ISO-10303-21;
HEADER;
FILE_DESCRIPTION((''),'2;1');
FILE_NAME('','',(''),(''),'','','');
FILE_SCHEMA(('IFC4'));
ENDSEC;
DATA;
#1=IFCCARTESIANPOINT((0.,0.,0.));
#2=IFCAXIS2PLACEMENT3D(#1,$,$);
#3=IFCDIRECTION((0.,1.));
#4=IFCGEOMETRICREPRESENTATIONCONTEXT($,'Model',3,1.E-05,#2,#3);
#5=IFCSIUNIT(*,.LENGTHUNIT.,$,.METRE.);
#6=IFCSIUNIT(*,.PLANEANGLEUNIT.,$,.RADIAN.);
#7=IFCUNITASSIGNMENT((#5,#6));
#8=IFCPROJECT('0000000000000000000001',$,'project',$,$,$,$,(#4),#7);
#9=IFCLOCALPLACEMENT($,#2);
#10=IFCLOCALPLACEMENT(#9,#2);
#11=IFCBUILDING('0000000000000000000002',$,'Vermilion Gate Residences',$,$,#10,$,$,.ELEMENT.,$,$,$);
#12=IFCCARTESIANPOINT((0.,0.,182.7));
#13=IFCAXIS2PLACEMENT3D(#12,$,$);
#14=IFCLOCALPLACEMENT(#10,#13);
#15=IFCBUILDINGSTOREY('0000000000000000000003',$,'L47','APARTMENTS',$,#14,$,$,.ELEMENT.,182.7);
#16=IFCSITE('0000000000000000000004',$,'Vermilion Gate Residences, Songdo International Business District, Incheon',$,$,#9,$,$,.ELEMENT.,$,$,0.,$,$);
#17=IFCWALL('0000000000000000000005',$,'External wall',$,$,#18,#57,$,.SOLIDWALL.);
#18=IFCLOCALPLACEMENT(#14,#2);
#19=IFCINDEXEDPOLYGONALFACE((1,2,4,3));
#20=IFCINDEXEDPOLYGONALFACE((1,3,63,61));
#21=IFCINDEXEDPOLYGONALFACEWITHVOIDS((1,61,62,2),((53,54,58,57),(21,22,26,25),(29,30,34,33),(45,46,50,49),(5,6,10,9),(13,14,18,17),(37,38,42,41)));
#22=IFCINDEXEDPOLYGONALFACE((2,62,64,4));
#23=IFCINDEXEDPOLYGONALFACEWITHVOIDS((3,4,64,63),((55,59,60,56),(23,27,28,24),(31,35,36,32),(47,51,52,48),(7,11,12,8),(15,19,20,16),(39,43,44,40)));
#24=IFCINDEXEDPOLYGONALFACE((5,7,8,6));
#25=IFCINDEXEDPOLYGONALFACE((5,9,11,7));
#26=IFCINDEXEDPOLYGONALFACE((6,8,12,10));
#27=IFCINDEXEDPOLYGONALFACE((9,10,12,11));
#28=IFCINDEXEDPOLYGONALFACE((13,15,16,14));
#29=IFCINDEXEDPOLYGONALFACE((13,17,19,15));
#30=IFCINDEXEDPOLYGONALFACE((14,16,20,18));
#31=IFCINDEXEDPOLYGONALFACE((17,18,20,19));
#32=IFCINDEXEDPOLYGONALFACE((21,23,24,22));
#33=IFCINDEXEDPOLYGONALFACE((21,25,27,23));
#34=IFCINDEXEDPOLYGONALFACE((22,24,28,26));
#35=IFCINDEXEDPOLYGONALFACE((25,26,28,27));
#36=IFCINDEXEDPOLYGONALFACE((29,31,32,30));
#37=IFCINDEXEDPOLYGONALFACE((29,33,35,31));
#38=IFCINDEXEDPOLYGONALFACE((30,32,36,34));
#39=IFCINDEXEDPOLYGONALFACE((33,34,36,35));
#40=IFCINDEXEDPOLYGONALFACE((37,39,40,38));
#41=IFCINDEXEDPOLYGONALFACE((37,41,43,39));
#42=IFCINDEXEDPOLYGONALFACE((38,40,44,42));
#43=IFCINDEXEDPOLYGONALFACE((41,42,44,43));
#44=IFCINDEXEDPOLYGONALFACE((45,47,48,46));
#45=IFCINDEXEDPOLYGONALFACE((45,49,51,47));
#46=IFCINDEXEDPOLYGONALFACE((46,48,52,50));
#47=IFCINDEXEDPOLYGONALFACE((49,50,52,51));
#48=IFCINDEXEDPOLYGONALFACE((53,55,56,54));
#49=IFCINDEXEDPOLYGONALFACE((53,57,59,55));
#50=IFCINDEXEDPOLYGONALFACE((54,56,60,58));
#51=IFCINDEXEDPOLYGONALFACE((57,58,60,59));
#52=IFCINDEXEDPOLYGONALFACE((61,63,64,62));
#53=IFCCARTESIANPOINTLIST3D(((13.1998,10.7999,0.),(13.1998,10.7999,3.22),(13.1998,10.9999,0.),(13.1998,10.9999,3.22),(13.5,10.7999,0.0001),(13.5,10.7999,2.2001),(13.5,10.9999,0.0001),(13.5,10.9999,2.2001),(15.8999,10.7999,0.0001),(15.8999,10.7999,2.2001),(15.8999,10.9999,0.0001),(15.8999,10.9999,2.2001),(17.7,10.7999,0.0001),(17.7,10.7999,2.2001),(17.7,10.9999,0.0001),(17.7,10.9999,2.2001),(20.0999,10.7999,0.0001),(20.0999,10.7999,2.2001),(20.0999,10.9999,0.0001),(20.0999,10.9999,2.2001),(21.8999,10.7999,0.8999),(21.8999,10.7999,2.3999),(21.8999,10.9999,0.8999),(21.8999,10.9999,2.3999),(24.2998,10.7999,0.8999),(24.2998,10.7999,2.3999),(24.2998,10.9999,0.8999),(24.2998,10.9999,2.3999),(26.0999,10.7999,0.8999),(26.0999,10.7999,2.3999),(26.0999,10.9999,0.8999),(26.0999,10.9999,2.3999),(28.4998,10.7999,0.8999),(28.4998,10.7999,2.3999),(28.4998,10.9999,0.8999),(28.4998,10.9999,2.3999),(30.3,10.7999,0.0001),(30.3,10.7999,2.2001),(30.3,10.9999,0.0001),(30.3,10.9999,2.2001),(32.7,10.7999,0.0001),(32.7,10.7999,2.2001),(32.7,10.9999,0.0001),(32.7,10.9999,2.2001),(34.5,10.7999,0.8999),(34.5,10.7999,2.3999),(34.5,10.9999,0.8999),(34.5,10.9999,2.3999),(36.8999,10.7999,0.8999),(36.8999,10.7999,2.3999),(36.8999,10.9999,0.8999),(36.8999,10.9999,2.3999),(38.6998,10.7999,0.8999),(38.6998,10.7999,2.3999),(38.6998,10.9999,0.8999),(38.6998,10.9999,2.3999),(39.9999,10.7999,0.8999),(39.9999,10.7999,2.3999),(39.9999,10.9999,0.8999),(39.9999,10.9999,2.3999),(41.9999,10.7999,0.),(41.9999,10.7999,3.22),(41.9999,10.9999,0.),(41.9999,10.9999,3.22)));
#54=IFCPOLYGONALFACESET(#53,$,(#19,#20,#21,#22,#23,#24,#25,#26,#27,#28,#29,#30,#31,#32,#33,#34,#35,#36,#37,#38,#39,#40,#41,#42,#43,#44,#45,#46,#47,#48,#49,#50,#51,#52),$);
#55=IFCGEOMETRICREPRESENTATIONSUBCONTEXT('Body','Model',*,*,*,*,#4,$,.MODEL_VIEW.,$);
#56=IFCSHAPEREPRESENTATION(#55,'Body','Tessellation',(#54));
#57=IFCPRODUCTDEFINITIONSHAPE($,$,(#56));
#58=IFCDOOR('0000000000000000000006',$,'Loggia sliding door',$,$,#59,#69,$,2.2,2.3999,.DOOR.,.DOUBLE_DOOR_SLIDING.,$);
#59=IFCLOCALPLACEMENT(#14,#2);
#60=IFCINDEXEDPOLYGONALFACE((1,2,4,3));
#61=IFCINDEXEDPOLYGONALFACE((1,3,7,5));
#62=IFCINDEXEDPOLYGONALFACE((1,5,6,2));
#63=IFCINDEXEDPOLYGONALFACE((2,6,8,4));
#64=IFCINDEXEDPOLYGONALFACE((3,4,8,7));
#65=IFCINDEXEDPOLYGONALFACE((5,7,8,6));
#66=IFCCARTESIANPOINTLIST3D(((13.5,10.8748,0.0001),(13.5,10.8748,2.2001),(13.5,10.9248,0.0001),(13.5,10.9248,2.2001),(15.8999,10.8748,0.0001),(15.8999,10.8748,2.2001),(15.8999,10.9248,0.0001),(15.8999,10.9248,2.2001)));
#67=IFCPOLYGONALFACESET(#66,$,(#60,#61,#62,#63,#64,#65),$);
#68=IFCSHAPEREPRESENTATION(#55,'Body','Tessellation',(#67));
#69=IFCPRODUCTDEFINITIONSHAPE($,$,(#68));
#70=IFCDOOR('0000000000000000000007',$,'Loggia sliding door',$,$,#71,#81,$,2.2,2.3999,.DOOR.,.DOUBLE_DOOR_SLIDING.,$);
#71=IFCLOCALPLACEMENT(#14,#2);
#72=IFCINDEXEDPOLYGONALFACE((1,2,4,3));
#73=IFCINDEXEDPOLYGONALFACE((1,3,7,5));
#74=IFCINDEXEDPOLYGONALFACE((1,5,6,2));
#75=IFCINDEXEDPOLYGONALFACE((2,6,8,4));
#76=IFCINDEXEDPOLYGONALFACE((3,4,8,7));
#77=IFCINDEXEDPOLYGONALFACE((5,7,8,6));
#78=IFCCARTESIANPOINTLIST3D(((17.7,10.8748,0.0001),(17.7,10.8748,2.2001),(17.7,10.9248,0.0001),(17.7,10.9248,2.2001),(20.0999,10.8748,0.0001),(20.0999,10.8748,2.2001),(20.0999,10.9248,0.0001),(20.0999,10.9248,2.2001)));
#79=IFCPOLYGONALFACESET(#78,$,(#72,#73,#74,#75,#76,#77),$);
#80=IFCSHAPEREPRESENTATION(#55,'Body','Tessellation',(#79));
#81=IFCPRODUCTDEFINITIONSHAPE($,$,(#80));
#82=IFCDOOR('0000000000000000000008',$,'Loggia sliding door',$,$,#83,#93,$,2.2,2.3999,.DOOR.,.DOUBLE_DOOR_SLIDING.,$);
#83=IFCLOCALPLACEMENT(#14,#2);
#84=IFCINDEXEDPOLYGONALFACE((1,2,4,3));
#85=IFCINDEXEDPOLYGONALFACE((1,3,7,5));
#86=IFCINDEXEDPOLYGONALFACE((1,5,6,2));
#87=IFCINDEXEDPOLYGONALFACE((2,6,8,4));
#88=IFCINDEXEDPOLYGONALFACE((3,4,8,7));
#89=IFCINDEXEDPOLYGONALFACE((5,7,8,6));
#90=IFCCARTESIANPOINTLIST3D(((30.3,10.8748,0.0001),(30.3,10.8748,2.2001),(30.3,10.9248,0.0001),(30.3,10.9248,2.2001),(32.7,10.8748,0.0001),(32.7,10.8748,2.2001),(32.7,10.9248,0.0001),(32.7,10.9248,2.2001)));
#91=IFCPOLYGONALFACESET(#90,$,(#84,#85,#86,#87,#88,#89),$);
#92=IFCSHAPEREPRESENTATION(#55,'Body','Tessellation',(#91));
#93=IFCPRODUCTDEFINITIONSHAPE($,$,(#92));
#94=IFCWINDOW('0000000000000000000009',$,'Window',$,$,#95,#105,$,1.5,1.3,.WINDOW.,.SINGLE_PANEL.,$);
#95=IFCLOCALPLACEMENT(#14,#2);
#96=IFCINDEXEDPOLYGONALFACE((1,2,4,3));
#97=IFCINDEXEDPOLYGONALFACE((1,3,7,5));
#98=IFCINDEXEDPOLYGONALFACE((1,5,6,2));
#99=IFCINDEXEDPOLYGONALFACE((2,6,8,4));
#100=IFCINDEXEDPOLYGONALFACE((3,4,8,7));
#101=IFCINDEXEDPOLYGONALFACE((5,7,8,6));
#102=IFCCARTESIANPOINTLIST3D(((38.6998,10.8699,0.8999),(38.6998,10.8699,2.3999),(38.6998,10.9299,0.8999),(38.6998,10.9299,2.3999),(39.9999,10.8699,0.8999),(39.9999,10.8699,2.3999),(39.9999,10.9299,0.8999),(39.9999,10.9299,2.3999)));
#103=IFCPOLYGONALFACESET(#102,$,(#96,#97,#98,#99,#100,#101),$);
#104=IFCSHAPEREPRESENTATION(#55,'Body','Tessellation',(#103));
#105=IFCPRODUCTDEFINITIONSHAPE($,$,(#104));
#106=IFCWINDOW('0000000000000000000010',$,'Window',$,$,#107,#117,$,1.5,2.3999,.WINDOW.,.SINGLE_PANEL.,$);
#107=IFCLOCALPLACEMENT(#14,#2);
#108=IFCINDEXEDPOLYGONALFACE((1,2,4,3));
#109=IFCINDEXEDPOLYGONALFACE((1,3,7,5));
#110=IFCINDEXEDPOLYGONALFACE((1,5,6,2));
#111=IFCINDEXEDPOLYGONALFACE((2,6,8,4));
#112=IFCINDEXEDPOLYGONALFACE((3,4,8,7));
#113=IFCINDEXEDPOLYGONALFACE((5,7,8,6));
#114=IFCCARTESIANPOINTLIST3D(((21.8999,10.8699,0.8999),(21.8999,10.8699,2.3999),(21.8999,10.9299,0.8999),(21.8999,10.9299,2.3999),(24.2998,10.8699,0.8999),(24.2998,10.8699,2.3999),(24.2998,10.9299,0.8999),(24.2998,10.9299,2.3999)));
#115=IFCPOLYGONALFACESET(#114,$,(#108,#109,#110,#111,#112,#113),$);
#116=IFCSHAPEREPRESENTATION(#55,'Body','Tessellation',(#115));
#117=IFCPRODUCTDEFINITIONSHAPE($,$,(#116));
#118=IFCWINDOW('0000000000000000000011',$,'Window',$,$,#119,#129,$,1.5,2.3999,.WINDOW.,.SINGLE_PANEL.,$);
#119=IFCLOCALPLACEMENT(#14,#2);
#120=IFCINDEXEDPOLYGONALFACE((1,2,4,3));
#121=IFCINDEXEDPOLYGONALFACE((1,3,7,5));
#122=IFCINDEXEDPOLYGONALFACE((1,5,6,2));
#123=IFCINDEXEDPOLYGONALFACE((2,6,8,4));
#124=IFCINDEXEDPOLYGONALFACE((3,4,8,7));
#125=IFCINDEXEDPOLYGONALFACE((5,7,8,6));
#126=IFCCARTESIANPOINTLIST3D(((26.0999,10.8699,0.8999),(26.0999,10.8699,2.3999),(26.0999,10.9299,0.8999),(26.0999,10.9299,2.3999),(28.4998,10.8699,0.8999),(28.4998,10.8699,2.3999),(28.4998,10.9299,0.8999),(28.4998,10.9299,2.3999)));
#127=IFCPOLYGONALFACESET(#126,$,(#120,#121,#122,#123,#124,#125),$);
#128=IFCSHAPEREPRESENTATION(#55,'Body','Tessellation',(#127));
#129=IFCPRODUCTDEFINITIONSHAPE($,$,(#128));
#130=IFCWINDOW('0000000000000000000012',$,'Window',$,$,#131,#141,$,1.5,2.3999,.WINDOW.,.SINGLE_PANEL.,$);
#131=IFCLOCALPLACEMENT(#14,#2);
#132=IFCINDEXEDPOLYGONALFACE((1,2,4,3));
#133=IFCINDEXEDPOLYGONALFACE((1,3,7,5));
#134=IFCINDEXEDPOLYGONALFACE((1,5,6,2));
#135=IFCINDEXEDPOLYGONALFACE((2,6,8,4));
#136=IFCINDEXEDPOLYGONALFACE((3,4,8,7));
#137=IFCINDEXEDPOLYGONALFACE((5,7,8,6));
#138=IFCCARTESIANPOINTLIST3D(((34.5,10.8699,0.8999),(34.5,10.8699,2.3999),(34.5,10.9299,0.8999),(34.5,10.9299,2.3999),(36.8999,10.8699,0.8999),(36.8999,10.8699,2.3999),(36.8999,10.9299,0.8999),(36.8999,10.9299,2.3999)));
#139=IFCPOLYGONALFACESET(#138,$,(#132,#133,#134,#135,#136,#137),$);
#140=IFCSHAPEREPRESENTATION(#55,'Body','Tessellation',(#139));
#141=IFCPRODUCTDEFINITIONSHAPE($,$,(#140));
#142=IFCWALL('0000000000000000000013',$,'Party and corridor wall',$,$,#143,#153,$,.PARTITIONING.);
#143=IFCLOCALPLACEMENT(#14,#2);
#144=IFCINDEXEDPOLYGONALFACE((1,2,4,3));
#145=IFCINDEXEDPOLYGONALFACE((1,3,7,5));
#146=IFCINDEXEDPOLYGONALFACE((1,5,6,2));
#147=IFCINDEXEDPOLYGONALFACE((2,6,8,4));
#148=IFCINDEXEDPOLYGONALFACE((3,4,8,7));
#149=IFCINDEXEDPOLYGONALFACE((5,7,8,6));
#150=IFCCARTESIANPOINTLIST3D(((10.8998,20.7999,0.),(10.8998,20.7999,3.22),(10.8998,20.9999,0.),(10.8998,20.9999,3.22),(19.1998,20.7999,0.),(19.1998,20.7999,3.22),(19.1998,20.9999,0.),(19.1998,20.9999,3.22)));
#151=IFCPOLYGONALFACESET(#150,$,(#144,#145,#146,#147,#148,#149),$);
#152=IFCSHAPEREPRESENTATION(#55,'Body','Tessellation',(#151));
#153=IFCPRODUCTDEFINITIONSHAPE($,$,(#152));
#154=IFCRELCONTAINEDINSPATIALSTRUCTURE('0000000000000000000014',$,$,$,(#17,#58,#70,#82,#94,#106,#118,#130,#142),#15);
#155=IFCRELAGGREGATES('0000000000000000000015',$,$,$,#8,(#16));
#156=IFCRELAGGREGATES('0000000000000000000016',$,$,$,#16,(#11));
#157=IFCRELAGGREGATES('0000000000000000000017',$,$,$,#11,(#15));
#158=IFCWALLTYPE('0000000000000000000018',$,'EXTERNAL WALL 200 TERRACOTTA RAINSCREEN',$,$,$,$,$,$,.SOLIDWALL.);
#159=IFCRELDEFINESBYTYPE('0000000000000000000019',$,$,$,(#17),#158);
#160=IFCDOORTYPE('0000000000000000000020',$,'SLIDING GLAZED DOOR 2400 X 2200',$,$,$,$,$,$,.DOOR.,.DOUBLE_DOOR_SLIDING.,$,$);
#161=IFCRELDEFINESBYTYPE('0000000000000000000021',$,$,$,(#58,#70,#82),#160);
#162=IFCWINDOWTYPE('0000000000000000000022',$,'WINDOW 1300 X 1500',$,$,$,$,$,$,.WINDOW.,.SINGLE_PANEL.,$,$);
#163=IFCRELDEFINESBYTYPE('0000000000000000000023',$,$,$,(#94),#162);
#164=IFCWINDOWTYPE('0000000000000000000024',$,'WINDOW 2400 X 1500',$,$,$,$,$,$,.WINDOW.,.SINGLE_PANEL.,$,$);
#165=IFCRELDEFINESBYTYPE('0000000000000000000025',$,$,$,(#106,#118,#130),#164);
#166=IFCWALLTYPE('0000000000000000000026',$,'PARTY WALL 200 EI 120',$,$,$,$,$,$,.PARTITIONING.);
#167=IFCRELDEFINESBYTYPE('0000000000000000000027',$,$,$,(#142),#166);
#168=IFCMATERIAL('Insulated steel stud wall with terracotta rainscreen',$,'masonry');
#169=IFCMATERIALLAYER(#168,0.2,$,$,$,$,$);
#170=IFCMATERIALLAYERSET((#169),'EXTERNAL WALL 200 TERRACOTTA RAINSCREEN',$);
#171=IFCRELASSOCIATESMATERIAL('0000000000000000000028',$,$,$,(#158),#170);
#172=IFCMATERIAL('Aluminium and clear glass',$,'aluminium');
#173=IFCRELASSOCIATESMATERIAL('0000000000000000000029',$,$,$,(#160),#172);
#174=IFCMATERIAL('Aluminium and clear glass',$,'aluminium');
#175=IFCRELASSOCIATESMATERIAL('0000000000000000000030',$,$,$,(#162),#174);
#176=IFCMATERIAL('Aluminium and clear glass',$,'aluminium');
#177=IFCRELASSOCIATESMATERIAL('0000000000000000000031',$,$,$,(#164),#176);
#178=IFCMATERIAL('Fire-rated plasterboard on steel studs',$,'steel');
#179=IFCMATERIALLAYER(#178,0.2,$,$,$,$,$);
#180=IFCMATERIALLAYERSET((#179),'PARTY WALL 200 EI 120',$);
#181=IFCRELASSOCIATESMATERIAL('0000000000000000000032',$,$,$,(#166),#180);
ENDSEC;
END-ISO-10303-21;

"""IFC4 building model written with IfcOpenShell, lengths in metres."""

from ifc_helpers import new_model, si_unit, direction, frame, frame_2d, origin, place, context, subcontext, project, spatial, rectangle, extrude, material, layer, layer_set, type_object, element, fill, save


model = new_model("IFC4")

# Units and contexts
model_context = context("Model", 3, precision=1e-05, world=origin(), true_north=direction((0.0, 1.0)))
body_context = subcontext(model_context, "Body", "Model", "MODEL_VIEW")
ifc_project = project(units=[si_unit("LENGTHUNIT", "METRE"), si_unit("PLANEANGLEUNIT", "RADIAN")], contexts=[model_context])

# Site, building, storey
site_placement = place(None, origin())
site = spatial("IfcSite", under=ifc_project, at=site_placement, Name="Vermilion Gate Residences, Songdo International Business District, Incheon", CompositionType="ELEMENT", RefElevation=0.0)
building_placement = place(site_placement, origin())
building = spatial("IfcBuilding", under=site, at=building_placement, Name="Vermilion Gate Residences", CompositionType="ELEMENT")
storey_placement = place(building_placement, frame((0.0, 0.0, 182.7)))
storey = spatial("IfcBuildingStorey", under=building, at=storey_placement, Name="L47", Description="APARTMENTS", CompositionType="ELEMENT", Elevation=182.7)

# Shared definitions
ifc_material_1 = material(Name="Insulated steel stud wall with terracotta rainscreen", Category="masonry")
ifc_layer_1 = layer(ifc_material_1, 0.2)
ifc_layer_set_1 = layer_set([ifc_layer_1], Name="EXTERNAL WALL 200 TERRACOTTA RAINSCREEN")
wall_type_1 = type_object("IfcWallType", Name="EXTERNAL WALL 200 TERRACOTTA RAINSCREEN", PredefinedType="SOLIDWALL", material=ifc_layer_set_1)

# Wall, openings, doors, windows
wall_1_placement = place(storey_placement, frame((13.2, 10.8999, 0.0), z_axis=(0.0, 0.0, 1.0), x_axis=(1.0, 0.0, 0.0)))
wall_1 = element("IfcWall", 1, at=wall_1_placement, inside=storey, type_object=wall_type_1, Name="External wall", PredefinedType="SOLIDWALL", context=body_context, shape_type="SweptSolid", body=[
    extrude(rectangle(XDim=28.8, YDim=0.2, at=frame_2d((14.3999, 0.0))), origin(), (0.0, 0.0, 1.0), 3.22),
])
opening_1_placement = place(wall_1_placement, frame((0.3, 0.0, 0.0)))
opening_1 = element("IfcOpeningElement", 2, at=opening_1_placement, cuts=wall_1, PredefinedType="OPENING", context=body_context, shape_type="SweptSolid", body=[
    extrude(rectangle(XDim=2.3999, YDim=2.2, at=frame_2d((1.2, 1.1001))), frame((0.0, 0.1099, 0.0), z_axis=(0.0, -1.0, 0.0), x_axis=(1.0, 0.0, 0.0)), (0.0, 0.0, 1.0), 0.22),
])
opening_2_placement = place(wall_1_placement, frame((4.5, 0.0, 0.0)))
opening_2 = element("IfcOpeningElement", 3, at=opening_2_placement, cuts=wall_1, PredefinedType="OPENING", context=body_context, shape_type="SweptSolid", body=[
    extrude(rectangle(XDim=2.3999, YDim=2.2, at=frame_2d((1.2, 1.1001))), frame((0.0, 0.1099, 0.0), z_axis=(0.0, -1.0, 0.0), x_axis=(1.0, 0.0, 0.0)), (0.0, 0.0, 1.0), 0.22),
])
opening_3_placement = place(wall_1_placement, frame((8.7, 0.0, 0.8999)))
opening_3 = element("IfcOpeningElement", 4, at=opening_3_placement, cuts=wall_1, PredefinedType="OPENING", context=body_context, shape_type="SweptSolid", body=[
    extrude(rectangle(XDim=2.3999, YDim=1.5, at=frame_2d((1.2, 0.75))), frame((0.0, 0.1099, 0.0), z_axis=(0.0, -1.0, 0.0), x_axis=(1.0, 0.0, 0.0)), (0.0, 0.0, 1.0), 0.22),
])
opening_4_placement = place(wall_1_placement, frame((12.8999, 0.0, 0.8999)))
opening_4 = element("IfcOpeningElement", 5, at=opening_4_placement, cuts=wall_1, PredefinedType="OPENING", context=body_context, shape_type="SweptSolid", body=[
    extrude(rectangle(XDim=2.3999, YDim=1.5, at=frame_2d((1.2, 0.75))), frame((0.0, 0.1099, 0.0), z_axis=(0.0, -1.0, 0.0), x_axis=(1.0, 0.0, 0.0)), (0.0, 0.0, 1.0), 0.22),
])
opening_5_placement = place(wall_1_placement, frame((17.1001, 0.0, 0.0)))
opening_5 = element("IfcOpeningElement", 6, at=opening_5_placement, cuts=wall_1, PredefinedType="OPENING", context=body_context, shape_type="SweptSolid", body=[
    extrude(rectangle(XDim=2.3999, YDim=2.2, at=frame_2d((1.2, 1.1001))), frame((0.0, 0.1099, 0.0), z_axis=(0.0, -1.0, 0.0), x_axis=(1.0, 0.0, 0.0)), (0.0, 0.0, 1.0), 0.22),
])
opening_6_placement = place(wall_1_placement, frame((21.3, 0.0, 0.8999)))
opening_6 = element("IfcOpeningElement", 7, at=opening_6_placement, cuts=wall_1, PredefinedType="OPENING", context=body_context, shape_type="SweptSolid", body=[
    extrude(rectangle(XDim=2.3999, YDim=1.5, at=frame_2d((1.2, 0.75))), frame((0.0, 0.1099, 0.0), z_axis=(0.0, -1.0, 0.0), x_axis=(1.0, 0.0, 0.0)), (0.0, 0.0, 1.0), 0.22),
])
opening_7_placement = place(wall_1_placement, frame((25.5, 0.0, 0.8999)))
opening_7 = element("IfcOpeningElement", 8, at=opening_7_placement, cuts=wall_1, PredefinedType="OPENING", context=body_context, shape_type="SweptSolid", body=[
    extrude(rectangle(XDim=1.3, YDim=1.5, at=frame_2d((0.6499, 0.75))), frame((0.0, 0.1099, 0.0), z_axis=(0.0, -1.0, 0.0), x_axis=(1.0, 0.0, 0.0)), (0.0, 0.0, 1.0), 0.22),
])
ifc_material_2 = material(Name="Aluminium and clear glass", Category="aluminium")
door_type = type_object("IfcDoorType", Name="SLIDING GLAZED DOOR 2400 X 2200", OperationType="DOUBLE_DOOR_SLIDING", PredefinedType="DOOR", material=ifc_material_2)
door_1_placement = place(opening_1_placement, origin())
door_1 = element("IfcDoor", 9, at=door_1_placement, inside=storey, type_object=door_type, Name="Loggia sliding door", OperationType="DOUBLE_DOOR_SLIDING", OverallHeight=2.2, OverallWidth=2.3999, PredefinedType="DOOR", context=body_context, shape_type="SweptSolid", body=[
    extrude(rectangle(XDim=2.3999, YDim=2.2, at=frame_2d((1.2, 1.1001))), frame((0.0, 0.0249, 0.0), z_axis=(0.0, -1.0, 0.0), x_axis=(1.0, 0.0, 0.0)), (0.0, 0.0, 1.0), 0.05),
])
fill(opening_1, door_1)
door_2_placement = place(opening_2_placement, origin())
door_2 = element("IfcDoor", 10, at=door_2_placement, inside=storey, type_object=door_type, Name="Loggia sliding door", OperationType="DOUBLE_DOOR_SLIDING", OverallHeight=2.2, OverallWidth=2.3999, PredefinedType="DOOR", context=body_context, shape_type="SweptSolid", body=[
    extrude(rectangle(XDim=2.3999, YDim=2.2, at=frame_2d((1.2, 1.1001))), frame((0.0, 0.0249, 0.0), z_axis=(0.0, -1.0, 0.0), x_axis=(1.0, 0.0, 0.0)), (0.0, 0.0, 1.0), 0.05),
])
fill(opening_2, door_2)
door_3_placement = place(opening_5_placement, origin())
door_3 = element("IfcDoor", 11, at=door_3_placement, inside=storey, type_object=door_type, Name="Loggia sliding door", OperationType="DOUBLE_DOOR_SLIDING", OverallHeight=2.2, OverallWidth=2.3999, PredefinedType="DOOR", context=body_context, shape_type="SweptSolid", body=[
    extrude(rectangle(XDim=2.3999, YDim=2.2, at=frame_2d((1.2, 1.1001))), frame((0.0, 0.0249, 0.0), z_axis=(0.0, -1.0, 0.0), x_axis=(1.0, 0.0, 0.0)), (0.0, 0.0, 1.0), 0.05),
])
fill(opening_5, door_3)
ifc_material_3 = material(Name="Aluminium and clear glass", Category="aluminium")
window_type_1 = type_object("IfcWindowType", Name="WINDOW 1300 X 1500", PartitioningType="SINGLE_PANEL", PredefinedType="WINDOW", material=ifc_material_3)
window_1_placement = place(opening_7_placement, origin())
window_1 = element("IfcWindow", 12, at=window_1_placement, inside=storey, type_object=window_type_1, Name="Window", OverallHeight=1.5, OverallWidth=1.3, PartitioningType="SINGLE_PANEL", PredefinedType="WINDOW", context=body_context, shape_type="SweptSolid", body=[
    extrude(rectangle(XDim=1.3, YDim=1.5, at=frame_2d((0.6499, 0.75))), frame((0.0, 0.03, 0.0), z_axis=(0.0, -1.0, 0.0), x_axis=(1.0, 0.0, 0.0)), (0.0, 0.0, 1.0), 0.0601),
])
fill(opening_7, window_1)
ifc_material_4 = material(Name="Aluminium and clear glass", Category="aluminium")
window_type_2 = type_object("IfcWindowType", Name="WINDOW 2400 X 1500", PartitioningType="SINGLE_PANEL", PredefinedType="WINDOW", material=ifc_material_4)
window_2_placement = place(opening_3_placement, origin())
window_2 = element("IfcWindow", 13, at=window_2_placement, inside=storey, type_object=window_type_2, Name="Window", OverallHeight=1.5, OverallWidth=2.3999, PartitioningType="SINGLE_PANEL", PredefinedType="WINDOW", context=body_context, shape_type="SweptSolid", body=[
    extrude(rectangle(XDim=2.3999, YDim=1.5, at=frame_2d((1.2, 0.75))), frame((0.0, 0.03, 0.0), z_axis=(0.0, -1.0, 0.0), x_axis=(1.0, 0.0, 0.0)), (0.0, 0.0, 1.0), 0.0601),
])
fill(opening_3, window_2)
window_3_placement = place(opening_4_placement, origin())
window_3 = element("IfcWindow", 14, at=window_3_placement, inside=storey, type_object=window_type_2, Name="Window", OverallHeight=1.5, OverallWidth=2.3999, PartitioningType="SINGLE_PANEL", PredefinedType="WINDOW", context=body_context, shape_type="SweptSolid", body=[
    extrude(rectangle(XDim=2.3999, YDim=1.5, at=frame_2d((1.2, 0.75))), frame((0.0, 0.03, 0.0), z_axis=(0.0, -1.0, 0.0), x_axis=(1.0, 0.0, 0.0)), (0.0, 0.0, 1.0), 0.0601),
])
fill(opening_4, window_3)
window_4_placement = place(opening_6_placement, origin())
window_4 = element("IfcWindow", 15, at=window_4_placement, inside=storey, type_object=window_type_2, Name="Window", OverallHeight=1.5, OverallWidth=2.3999, PartitioningType="SINGLE_PANEL", PredefinedType="WINDOW", context=body_context, shape_type="SweptSolid", body=[
    extrude(rectangle(XDim=2.3999, YDim=1.5, at=frame_2d((1.2, 0.75))), frame((0.0, 0.03, 0.0), z_axis=(0.0, -1.0, 0.0), x_axis=(1.0, 0.0, 0.0)), (0.0, 0.0, 1.0), 0.0601),
])
fill(opening_6, window_4)

# Wall
ifc_material_5 = material(Name="Fire-rated plasterboard on steel studs", Category="steel")
ifc_layer_2 = layer(ifc_material_5, 0.2)
ifc_layer_set_2 = layer_set([ifc_layer_2], Name="PARTY WALL 200 EI 120")
wall_type_2 = type_object("IfcWallType", Name="PARTY WALL 200 EI 120", PredefinedType="PARTITIONING", material=ifc_layer_set_2)
wall_2_placement = place(storey_placement, frame((10.8999, 20.8999, 0.0), z_axis=(0.0, 0.0, 1.0), x_axis=(1.0, 0.0, 0.0)))
element("IfcWall", 16, at=wall_2_placement, inside=storey, type_object=wall_type_2, Name="Party and corridor wall", PredefinedType="PARTITIONING", context=body_context, shape_type="SweptSolid", body=[
    extrude(rectangle(XDim=8.3, YDim=0.2, at=frame_2d((4.1499, 0.0))), origin(), (0.0, 0.0, 1.0), 3.22),
])

save(model, "model.ifc")
